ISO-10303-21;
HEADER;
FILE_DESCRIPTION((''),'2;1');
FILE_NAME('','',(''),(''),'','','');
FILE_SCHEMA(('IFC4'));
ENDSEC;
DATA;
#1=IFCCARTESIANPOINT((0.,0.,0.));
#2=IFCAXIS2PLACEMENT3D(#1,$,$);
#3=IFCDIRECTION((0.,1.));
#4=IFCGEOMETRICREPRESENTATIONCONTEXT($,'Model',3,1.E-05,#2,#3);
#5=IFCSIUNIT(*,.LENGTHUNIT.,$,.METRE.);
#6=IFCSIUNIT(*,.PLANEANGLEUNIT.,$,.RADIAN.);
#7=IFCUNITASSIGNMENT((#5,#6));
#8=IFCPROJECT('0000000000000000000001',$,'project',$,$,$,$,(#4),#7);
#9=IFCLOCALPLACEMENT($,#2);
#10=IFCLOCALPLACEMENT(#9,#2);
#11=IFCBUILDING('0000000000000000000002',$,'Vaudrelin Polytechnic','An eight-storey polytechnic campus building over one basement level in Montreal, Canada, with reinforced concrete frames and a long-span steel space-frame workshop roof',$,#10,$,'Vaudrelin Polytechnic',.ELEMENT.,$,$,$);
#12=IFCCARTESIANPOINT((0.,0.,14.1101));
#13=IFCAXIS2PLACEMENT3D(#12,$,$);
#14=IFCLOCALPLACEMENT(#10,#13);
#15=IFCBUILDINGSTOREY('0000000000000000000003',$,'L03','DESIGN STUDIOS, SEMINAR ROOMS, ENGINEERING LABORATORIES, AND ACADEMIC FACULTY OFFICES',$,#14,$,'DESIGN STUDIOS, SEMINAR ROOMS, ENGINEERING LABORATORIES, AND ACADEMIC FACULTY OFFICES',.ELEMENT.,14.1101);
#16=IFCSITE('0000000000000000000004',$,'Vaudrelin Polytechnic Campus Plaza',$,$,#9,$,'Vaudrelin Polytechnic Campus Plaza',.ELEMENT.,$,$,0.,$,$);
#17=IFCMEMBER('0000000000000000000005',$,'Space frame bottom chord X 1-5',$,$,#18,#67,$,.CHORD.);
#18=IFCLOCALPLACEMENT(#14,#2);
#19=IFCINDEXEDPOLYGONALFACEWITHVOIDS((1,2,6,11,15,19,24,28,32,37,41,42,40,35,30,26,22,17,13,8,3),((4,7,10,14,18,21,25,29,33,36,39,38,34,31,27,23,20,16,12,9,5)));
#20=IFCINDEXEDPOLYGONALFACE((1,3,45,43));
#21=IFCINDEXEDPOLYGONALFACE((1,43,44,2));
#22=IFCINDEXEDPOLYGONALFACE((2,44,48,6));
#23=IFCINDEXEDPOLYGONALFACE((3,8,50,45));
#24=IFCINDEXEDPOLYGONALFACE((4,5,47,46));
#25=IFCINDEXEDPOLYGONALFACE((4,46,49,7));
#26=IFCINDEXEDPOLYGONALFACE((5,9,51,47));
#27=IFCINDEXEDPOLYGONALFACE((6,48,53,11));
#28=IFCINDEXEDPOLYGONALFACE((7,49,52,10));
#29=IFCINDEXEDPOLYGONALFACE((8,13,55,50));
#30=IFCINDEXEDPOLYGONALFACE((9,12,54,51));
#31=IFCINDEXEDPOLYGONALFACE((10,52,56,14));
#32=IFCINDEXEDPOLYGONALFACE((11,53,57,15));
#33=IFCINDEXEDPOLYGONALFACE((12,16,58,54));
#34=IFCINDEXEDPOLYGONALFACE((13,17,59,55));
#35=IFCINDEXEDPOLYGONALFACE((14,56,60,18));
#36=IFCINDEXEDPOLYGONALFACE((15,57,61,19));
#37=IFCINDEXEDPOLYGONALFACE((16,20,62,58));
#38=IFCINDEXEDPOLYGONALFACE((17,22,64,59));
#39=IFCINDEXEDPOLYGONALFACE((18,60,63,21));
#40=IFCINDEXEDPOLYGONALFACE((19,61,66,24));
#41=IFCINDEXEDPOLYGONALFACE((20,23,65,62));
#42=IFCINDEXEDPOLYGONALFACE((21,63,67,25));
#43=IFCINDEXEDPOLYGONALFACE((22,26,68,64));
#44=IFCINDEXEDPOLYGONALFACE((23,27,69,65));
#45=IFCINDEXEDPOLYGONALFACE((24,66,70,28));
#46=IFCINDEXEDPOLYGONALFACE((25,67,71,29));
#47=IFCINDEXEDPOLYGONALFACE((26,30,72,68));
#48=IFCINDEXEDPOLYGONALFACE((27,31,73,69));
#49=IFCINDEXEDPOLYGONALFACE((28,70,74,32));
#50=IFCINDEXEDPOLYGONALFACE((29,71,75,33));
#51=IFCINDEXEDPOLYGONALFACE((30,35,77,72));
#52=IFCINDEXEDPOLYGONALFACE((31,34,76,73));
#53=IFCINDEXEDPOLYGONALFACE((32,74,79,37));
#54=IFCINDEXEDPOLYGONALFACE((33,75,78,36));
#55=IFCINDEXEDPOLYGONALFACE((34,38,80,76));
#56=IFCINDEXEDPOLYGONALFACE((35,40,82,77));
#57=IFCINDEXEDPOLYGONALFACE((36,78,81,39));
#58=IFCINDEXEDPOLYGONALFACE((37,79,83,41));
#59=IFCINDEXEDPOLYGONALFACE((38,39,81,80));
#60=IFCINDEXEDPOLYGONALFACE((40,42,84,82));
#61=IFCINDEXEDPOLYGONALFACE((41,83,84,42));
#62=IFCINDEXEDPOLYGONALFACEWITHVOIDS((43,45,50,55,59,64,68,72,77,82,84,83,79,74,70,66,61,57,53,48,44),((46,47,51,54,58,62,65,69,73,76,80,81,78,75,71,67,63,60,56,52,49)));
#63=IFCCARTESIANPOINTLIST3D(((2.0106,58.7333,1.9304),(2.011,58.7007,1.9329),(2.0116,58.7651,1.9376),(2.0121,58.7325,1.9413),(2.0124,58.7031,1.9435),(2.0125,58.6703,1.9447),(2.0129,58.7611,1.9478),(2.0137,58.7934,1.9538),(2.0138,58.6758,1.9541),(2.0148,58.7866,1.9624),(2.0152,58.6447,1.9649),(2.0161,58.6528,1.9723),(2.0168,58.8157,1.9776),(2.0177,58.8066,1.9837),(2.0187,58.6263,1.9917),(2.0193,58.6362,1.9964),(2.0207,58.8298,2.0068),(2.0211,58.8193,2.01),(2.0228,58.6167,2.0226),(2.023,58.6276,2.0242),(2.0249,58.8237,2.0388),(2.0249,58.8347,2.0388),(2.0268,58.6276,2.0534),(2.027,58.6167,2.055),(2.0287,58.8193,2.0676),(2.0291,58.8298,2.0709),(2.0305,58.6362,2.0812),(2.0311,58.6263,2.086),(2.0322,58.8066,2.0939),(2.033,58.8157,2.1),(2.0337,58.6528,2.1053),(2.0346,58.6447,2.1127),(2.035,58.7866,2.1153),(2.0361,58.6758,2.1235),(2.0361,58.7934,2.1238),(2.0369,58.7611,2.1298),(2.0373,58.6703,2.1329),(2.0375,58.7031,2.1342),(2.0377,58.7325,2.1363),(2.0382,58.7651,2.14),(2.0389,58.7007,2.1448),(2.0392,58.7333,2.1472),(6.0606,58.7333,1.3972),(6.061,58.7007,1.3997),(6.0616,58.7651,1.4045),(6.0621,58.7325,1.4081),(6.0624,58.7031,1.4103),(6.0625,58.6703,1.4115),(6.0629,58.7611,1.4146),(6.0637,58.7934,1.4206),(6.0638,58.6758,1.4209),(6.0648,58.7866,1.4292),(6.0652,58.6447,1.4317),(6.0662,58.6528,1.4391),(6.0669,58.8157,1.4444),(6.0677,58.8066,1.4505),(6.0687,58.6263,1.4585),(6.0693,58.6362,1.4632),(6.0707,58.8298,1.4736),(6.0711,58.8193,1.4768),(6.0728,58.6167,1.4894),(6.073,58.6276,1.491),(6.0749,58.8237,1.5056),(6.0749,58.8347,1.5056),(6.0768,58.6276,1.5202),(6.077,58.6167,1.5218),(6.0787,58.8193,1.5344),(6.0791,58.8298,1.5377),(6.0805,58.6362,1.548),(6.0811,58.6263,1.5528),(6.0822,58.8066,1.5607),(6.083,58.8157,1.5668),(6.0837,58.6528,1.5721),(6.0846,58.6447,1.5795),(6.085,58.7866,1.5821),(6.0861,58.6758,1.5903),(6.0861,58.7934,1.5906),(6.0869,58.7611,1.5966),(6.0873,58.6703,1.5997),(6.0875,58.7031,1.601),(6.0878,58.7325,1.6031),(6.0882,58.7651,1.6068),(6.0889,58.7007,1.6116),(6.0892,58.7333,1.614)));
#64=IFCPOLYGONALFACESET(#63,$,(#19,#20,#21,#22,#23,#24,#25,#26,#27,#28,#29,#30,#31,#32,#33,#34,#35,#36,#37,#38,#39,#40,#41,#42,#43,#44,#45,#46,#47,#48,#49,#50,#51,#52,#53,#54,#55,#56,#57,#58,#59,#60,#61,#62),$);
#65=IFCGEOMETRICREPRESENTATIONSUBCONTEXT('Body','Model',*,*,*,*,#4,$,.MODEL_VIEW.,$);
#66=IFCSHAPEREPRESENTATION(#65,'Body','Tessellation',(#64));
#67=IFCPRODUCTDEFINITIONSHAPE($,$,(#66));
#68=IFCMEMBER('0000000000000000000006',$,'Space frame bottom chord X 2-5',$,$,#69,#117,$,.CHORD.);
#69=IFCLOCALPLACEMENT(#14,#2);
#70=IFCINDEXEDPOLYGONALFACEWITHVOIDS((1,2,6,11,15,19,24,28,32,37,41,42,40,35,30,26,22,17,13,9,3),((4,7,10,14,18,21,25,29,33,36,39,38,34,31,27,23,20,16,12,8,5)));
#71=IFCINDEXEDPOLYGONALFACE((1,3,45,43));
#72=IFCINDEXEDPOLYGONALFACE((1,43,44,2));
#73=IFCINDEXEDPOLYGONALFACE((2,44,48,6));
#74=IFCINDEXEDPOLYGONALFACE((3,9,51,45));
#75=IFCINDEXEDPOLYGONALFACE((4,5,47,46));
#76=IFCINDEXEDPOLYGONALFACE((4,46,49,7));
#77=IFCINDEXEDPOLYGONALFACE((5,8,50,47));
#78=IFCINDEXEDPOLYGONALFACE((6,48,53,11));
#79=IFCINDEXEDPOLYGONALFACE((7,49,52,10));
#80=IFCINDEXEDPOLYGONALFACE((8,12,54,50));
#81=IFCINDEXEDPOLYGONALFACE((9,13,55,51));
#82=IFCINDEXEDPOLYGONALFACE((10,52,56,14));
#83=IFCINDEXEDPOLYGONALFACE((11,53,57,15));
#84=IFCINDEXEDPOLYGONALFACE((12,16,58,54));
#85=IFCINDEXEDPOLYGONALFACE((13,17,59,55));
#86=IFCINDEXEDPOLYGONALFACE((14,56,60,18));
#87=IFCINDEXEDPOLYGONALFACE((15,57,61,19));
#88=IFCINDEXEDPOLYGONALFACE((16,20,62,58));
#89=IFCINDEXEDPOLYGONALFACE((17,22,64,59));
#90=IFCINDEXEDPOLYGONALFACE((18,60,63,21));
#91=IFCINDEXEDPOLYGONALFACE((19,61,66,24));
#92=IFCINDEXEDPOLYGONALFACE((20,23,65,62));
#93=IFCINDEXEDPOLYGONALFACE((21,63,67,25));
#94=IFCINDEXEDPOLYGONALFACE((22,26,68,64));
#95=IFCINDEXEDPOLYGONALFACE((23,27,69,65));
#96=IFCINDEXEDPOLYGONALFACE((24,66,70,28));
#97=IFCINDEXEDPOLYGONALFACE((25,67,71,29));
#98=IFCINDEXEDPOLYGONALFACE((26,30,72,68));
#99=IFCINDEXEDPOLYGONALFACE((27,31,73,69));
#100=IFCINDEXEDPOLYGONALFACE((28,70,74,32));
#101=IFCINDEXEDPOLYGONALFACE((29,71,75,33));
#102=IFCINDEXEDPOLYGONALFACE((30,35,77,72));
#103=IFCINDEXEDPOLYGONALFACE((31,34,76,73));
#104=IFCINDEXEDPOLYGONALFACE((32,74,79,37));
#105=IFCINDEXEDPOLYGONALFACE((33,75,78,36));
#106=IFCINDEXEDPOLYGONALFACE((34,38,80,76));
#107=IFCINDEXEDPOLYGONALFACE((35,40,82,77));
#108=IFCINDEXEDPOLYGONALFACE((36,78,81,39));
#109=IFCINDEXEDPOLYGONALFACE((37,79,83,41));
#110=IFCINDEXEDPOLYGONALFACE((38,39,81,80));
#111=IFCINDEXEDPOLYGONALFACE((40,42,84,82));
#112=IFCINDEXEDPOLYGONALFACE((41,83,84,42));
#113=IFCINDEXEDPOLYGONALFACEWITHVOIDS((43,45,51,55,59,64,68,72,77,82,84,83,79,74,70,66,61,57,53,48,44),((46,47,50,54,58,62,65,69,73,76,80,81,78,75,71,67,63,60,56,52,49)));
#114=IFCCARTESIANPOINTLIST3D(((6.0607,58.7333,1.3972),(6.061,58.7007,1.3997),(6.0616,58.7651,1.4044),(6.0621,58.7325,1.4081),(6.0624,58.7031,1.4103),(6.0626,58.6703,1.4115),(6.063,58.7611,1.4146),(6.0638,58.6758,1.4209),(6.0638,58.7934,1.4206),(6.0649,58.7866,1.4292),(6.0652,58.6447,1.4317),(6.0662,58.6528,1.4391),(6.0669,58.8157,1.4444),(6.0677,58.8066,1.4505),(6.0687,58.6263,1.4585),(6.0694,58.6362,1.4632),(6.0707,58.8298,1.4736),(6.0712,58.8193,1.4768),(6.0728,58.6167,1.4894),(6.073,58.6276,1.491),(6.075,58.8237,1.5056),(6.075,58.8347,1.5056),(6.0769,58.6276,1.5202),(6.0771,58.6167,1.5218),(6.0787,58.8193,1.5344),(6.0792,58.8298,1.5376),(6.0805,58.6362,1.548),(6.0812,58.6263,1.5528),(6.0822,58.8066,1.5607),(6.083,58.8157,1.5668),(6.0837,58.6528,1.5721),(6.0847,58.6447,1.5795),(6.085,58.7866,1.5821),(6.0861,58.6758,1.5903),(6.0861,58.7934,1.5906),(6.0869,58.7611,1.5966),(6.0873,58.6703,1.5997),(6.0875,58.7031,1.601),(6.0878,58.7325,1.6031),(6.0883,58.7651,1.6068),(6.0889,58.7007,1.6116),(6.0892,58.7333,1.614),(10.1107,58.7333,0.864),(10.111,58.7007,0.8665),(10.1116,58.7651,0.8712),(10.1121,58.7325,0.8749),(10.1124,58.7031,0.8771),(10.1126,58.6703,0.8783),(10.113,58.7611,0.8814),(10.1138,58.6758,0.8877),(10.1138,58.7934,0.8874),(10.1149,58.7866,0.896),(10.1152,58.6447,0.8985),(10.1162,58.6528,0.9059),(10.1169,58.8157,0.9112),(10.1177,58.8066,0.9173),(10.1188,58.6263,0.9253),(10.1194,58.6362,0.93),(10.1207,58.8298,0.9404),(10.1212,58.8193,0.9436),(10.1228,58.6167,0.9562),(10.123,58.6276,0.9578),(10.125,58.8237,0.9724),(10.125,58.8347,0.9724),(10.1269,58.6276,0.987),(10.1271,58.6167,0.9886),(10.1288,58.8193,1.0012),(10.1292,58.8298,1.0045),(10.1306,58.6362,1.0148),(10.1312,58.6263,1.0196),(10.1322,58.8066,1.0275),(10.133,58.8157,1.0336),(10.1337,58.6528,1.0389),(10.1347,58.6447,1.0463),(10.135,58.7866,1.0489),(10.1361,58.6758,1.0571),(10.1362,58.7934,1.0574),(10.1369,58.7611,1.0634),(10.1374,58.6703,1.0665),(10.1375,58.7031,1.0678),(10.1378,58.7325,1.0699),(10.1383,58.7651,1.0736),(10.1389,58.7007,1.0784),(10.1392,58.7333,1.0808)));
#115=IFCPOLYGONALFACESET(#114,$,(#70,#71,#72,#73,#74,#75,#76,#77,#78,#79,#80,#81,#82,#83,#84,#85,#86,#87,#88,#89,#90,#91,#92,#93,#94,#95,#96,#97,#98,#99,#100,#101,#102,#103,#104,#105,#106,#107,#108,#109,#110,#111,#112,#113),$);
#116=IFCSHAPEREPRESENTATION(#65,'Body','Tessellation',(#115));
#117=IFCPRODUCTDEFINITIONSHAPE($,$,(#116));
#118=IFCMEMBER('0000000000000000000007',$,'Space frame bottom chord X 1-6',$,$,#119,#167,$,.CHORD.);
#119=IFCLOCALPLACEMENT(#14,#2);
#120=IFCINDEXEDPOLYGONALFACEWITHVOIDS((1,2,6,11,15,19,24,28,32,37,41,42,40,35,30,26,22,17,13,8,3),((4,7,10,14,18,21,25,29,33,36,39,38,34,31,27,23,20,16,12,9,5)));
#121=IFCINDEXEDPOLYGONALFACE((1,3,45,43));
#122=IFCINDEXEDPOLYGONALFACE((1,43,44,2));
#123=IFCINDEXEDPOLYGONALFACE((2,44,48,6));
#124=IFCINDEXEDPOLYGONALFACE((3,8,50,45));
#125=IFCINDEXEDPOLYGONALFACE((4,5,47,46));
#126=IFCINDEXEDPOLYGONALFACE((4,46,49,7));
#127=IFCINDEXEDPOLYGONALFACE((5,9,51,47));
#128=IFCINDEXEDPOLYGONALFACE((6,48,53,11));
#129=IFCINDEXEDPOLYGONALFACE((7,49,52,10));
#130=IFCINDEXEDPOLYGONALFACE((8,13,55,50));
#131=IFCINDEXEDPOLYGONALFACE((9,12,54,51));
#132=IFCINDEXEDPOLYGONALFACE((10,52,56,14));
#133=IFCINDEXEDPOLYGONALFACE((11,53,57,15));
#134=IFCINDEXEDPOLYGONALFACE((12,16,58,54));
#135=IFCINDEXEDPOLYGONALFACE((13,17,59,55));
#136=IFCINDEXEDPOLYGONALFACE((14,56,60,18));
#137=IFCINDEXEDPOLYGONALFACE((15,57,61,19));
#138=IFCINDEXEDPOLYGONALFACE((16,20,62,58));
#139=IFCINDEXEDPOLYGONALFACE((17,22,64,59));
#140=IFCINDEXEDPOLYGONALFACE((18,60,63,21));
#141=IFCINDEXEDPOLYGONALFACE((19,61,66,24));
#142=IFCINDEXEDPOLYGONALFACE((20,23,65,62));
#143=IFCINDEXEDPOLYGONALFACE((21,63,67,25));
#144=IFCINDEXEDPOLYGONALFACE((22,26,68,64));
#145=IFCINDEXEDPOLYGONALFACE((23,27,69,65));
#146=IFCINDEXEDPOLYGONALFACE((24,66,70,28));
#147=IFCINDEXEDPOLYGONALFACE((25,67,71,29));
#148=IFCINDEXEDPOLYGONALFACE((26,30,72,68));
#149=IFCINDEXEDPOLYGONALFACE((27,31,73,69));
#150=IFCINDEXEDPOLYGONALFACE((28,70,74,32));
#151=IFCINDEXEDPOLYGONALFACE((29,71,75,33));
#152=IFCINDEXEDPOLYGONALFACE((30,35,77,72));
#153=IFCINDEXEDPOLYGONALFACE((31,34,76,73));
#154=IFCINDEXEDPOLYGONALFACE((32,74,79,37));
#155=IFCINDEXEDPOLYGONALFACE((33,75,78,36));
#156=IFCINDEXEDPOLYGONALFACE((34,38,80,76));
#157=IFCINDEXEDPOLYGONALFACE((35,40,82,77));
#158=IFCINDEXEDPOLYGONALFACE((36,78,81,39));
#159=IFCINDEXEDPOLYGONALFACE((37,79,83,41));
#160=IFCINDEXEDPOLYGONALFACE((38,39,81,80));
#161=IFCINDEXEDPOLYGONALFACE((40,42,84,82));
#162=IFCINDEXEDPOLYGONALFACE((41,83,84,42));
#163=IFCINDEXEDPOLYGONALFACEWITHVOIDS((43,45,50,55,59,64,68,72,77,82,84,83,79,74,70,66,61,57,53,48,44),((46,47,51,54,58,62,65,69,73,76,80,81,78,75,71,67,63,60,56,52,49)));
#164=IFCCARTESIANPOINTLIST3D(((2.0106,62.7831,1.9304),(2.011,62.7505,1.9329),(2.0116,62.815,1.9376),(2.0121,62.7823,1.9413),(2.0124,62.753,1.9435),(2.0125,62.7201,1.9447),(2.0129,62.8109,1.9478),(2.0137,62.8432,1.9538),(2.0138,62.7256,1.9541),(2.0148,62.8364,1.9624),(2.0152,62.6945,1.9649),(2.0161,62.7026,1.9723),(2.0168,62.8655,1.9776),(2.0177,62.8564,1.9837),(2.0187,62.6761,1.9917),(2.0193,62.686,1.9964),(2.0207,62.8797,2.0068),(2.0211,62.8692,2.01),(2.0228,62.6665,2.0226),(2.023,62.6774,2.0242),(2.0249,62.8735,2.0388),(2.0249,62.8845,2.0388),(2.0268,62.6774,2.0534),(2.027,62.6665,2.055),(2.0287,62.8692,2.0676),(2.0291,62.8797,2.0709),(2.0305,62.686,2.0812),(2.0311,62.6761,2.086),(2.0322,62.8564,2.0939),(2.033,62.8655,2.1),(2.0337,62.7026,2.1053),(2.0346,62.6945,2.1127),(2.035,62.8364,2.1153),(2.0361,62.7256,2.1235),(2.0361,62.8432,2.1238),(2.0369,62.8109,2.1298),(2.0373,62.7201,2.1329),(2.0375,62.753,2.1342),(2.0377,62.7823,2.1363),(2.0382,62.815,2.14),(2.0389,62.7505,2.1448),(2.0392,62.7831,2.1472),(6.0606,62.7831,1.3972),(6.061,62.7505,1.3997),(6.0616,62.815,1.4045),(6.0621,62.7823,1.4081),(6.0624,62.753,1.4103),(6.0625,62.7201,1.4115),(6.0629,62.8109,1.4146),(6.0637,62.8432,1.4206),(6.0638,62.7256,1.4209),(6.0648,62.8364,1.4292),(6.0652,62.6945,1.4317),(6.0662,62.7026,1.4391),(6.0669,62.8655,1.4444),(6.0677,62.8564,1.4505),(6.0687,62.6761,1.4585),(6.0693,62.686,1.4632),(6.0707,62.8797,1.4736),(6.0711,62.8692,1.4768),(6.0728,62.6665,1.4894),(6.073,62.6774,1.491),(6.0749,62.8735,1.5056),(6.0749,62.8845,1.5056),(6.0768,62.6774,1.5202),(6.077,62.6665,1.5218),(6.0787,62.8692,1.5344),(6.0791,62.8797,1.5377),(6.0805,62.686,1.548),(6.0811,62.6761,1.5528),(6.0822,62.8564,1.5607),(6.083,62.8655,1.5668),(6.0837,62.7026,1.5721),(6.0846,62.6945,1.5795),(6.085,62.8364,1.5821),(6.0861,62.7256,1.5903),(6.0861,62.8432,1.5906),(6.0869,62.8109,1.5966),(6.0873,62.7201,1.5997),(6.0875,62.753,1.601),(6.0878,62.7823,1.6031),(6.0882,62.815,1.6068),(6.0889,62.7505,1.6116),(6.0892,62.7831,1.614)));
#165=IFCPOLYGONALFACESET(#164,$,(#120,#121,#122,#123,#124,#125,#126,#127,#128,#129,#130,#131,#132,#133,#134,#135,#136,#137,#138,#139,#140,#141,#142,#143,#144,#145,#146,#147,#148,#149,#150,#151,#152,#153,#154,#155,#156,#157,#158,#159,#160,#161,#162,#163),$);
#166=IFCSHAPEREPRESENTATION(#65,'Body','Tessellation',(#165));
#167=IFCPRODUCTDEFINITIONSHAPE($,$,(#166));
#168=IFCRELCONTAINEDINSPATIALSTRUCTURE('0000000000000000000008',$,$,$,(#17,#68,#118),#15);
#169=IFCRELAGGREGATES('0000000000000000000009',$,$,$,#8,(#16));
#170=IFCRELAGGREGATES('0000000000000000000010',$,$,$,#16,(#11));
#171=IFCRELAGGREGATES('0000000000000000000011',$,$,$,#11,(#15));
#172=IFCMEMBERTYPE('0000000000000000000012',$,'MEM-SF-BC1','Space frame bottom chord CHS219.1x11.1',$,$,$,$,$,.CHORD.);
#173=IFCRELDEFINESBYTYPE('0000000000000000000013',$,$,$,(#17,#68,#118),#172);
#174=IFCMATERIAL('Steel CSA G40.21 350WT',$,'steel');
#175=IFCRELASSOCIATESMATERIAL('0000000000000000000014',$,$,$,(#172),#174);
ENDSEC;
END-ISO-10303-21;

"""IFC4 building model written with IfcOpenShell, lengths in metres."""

from ifc_helpers import new_model, si_unit, direction, frame, origin, origin_2d, place, context, subcontext, project, spatial, hollow_circle, extrude, material, material_profile, profile_set, type_object, element, save


model = new_model("IFC4")

# Units and contexts
model_context = context("Model", 3, precision=1e-05, world=origin(), true_north=direction((0.0, 1.0)))
body_context = subcontext(model_context, "Body", "Model", "MODEL_VIEW")
ifc_project = project(units=[si_unit("LENGTHUNIT", "METRE"), si_unit("PLANEANGLEUNIT", "RADIAN")], contexts=[model_context])

# Site, building, storey
site_placement = place(None, origin())
site = spatial("IfcSite", under=ifc_project, at=site_placement, Name="Vaudrelin Polytechnic Campus Plaza", LongName="Vaudrelin Polytechnic Campus Plaza", CompositionType="ELEMENT", RefElevation=0.0)
building_placement = place(site_placement, origin())
building = spatial("IfcBuilding", under=site, at=building_placement, Name="Vaudrelin Polytechnic", Description="An eight-storey polytechnic campus building over one basement level in Montreal, Canada, with reinforced concrete frames and a long-span steel space-frame workshop roof", LongName="Vaudrelin Polytechnic", CompositionType="ELEMENT")
storey_placement = place(building_placement, frame((0.0, 0.0, 14.1101)))
storey = spatial("IfcBuildingStorey", under=building, at=storey_placement, Name="L03", Description="DESIGN STUDIOS, SEMINAR ROOMS, ENGINEERING LABORATORIES, AND ACADEMIC FACULTY OFFICES", LongName="DESIGN STUDIOS, SEMINAR ROOMS, ENGINEERING LABORATORIES, AND ACADEMIC FACULTY OFFICES", CompositionType="ELEMENT", Elevation=14.1101)

# Members
ifc_material_1 = material(Name="Steel CSA G40.21 350WT", Category="steel")
ifc_material_profile_1 = material_profile(ifc_material_1, hollow_circle(Radius=0.1096, WallThickness=0.011, at=origin_2d()), Name="CHS219.1x11.1")
ifc_profile_set_1 = profile_set([ifc_material_profile_1], Name="Steel CSA G40.21 350WT")
member_type_1 = type_object("IfcMemberType", Name="MEM-SF-BC1", Description="Space frame bottom chord CHS219.1x11.1", PredefinedType="CHORD", material=ifc_profile_set_1)
for number, where, z_axis, x_axis, name in (
    (1, (2.0249, 58.7251, 2.0388), (0.991445, 0.0, -0.130527), (0.0, 1.0, 0.0), "Space frame bottom chord X 1-5"),
    (2, (6.075, 58.7251, 1.5056), (0.991445, 0.0, -0.130527), (0.0, 1.0, 0.0), "Space frame bottom chord X 2-5"),
    (3, (2.0249, 62.7749, 2.0388), (0.991445, 0.0, -0.130527), (0.0, 1.0, 0.0), "Space frame bottom chord X 1-6"),
):
    element("IfcMember", number, at=place(storey_placement, frame(where, z_axis=z_axis, x_axis=x_axis)), inside=storey, type_object=member_type_1, Name=name, PredefinedType="CHORD", context=body_context, shape_type="SweptSolid", body=[
        extrude(hollow_circle(Radius=0.1096, WallThickness=0.011, at=origin_2d()), origin(), (0.0, 0.0, 1.0), 4.085),
    ])

save(model, "model.ifc")
